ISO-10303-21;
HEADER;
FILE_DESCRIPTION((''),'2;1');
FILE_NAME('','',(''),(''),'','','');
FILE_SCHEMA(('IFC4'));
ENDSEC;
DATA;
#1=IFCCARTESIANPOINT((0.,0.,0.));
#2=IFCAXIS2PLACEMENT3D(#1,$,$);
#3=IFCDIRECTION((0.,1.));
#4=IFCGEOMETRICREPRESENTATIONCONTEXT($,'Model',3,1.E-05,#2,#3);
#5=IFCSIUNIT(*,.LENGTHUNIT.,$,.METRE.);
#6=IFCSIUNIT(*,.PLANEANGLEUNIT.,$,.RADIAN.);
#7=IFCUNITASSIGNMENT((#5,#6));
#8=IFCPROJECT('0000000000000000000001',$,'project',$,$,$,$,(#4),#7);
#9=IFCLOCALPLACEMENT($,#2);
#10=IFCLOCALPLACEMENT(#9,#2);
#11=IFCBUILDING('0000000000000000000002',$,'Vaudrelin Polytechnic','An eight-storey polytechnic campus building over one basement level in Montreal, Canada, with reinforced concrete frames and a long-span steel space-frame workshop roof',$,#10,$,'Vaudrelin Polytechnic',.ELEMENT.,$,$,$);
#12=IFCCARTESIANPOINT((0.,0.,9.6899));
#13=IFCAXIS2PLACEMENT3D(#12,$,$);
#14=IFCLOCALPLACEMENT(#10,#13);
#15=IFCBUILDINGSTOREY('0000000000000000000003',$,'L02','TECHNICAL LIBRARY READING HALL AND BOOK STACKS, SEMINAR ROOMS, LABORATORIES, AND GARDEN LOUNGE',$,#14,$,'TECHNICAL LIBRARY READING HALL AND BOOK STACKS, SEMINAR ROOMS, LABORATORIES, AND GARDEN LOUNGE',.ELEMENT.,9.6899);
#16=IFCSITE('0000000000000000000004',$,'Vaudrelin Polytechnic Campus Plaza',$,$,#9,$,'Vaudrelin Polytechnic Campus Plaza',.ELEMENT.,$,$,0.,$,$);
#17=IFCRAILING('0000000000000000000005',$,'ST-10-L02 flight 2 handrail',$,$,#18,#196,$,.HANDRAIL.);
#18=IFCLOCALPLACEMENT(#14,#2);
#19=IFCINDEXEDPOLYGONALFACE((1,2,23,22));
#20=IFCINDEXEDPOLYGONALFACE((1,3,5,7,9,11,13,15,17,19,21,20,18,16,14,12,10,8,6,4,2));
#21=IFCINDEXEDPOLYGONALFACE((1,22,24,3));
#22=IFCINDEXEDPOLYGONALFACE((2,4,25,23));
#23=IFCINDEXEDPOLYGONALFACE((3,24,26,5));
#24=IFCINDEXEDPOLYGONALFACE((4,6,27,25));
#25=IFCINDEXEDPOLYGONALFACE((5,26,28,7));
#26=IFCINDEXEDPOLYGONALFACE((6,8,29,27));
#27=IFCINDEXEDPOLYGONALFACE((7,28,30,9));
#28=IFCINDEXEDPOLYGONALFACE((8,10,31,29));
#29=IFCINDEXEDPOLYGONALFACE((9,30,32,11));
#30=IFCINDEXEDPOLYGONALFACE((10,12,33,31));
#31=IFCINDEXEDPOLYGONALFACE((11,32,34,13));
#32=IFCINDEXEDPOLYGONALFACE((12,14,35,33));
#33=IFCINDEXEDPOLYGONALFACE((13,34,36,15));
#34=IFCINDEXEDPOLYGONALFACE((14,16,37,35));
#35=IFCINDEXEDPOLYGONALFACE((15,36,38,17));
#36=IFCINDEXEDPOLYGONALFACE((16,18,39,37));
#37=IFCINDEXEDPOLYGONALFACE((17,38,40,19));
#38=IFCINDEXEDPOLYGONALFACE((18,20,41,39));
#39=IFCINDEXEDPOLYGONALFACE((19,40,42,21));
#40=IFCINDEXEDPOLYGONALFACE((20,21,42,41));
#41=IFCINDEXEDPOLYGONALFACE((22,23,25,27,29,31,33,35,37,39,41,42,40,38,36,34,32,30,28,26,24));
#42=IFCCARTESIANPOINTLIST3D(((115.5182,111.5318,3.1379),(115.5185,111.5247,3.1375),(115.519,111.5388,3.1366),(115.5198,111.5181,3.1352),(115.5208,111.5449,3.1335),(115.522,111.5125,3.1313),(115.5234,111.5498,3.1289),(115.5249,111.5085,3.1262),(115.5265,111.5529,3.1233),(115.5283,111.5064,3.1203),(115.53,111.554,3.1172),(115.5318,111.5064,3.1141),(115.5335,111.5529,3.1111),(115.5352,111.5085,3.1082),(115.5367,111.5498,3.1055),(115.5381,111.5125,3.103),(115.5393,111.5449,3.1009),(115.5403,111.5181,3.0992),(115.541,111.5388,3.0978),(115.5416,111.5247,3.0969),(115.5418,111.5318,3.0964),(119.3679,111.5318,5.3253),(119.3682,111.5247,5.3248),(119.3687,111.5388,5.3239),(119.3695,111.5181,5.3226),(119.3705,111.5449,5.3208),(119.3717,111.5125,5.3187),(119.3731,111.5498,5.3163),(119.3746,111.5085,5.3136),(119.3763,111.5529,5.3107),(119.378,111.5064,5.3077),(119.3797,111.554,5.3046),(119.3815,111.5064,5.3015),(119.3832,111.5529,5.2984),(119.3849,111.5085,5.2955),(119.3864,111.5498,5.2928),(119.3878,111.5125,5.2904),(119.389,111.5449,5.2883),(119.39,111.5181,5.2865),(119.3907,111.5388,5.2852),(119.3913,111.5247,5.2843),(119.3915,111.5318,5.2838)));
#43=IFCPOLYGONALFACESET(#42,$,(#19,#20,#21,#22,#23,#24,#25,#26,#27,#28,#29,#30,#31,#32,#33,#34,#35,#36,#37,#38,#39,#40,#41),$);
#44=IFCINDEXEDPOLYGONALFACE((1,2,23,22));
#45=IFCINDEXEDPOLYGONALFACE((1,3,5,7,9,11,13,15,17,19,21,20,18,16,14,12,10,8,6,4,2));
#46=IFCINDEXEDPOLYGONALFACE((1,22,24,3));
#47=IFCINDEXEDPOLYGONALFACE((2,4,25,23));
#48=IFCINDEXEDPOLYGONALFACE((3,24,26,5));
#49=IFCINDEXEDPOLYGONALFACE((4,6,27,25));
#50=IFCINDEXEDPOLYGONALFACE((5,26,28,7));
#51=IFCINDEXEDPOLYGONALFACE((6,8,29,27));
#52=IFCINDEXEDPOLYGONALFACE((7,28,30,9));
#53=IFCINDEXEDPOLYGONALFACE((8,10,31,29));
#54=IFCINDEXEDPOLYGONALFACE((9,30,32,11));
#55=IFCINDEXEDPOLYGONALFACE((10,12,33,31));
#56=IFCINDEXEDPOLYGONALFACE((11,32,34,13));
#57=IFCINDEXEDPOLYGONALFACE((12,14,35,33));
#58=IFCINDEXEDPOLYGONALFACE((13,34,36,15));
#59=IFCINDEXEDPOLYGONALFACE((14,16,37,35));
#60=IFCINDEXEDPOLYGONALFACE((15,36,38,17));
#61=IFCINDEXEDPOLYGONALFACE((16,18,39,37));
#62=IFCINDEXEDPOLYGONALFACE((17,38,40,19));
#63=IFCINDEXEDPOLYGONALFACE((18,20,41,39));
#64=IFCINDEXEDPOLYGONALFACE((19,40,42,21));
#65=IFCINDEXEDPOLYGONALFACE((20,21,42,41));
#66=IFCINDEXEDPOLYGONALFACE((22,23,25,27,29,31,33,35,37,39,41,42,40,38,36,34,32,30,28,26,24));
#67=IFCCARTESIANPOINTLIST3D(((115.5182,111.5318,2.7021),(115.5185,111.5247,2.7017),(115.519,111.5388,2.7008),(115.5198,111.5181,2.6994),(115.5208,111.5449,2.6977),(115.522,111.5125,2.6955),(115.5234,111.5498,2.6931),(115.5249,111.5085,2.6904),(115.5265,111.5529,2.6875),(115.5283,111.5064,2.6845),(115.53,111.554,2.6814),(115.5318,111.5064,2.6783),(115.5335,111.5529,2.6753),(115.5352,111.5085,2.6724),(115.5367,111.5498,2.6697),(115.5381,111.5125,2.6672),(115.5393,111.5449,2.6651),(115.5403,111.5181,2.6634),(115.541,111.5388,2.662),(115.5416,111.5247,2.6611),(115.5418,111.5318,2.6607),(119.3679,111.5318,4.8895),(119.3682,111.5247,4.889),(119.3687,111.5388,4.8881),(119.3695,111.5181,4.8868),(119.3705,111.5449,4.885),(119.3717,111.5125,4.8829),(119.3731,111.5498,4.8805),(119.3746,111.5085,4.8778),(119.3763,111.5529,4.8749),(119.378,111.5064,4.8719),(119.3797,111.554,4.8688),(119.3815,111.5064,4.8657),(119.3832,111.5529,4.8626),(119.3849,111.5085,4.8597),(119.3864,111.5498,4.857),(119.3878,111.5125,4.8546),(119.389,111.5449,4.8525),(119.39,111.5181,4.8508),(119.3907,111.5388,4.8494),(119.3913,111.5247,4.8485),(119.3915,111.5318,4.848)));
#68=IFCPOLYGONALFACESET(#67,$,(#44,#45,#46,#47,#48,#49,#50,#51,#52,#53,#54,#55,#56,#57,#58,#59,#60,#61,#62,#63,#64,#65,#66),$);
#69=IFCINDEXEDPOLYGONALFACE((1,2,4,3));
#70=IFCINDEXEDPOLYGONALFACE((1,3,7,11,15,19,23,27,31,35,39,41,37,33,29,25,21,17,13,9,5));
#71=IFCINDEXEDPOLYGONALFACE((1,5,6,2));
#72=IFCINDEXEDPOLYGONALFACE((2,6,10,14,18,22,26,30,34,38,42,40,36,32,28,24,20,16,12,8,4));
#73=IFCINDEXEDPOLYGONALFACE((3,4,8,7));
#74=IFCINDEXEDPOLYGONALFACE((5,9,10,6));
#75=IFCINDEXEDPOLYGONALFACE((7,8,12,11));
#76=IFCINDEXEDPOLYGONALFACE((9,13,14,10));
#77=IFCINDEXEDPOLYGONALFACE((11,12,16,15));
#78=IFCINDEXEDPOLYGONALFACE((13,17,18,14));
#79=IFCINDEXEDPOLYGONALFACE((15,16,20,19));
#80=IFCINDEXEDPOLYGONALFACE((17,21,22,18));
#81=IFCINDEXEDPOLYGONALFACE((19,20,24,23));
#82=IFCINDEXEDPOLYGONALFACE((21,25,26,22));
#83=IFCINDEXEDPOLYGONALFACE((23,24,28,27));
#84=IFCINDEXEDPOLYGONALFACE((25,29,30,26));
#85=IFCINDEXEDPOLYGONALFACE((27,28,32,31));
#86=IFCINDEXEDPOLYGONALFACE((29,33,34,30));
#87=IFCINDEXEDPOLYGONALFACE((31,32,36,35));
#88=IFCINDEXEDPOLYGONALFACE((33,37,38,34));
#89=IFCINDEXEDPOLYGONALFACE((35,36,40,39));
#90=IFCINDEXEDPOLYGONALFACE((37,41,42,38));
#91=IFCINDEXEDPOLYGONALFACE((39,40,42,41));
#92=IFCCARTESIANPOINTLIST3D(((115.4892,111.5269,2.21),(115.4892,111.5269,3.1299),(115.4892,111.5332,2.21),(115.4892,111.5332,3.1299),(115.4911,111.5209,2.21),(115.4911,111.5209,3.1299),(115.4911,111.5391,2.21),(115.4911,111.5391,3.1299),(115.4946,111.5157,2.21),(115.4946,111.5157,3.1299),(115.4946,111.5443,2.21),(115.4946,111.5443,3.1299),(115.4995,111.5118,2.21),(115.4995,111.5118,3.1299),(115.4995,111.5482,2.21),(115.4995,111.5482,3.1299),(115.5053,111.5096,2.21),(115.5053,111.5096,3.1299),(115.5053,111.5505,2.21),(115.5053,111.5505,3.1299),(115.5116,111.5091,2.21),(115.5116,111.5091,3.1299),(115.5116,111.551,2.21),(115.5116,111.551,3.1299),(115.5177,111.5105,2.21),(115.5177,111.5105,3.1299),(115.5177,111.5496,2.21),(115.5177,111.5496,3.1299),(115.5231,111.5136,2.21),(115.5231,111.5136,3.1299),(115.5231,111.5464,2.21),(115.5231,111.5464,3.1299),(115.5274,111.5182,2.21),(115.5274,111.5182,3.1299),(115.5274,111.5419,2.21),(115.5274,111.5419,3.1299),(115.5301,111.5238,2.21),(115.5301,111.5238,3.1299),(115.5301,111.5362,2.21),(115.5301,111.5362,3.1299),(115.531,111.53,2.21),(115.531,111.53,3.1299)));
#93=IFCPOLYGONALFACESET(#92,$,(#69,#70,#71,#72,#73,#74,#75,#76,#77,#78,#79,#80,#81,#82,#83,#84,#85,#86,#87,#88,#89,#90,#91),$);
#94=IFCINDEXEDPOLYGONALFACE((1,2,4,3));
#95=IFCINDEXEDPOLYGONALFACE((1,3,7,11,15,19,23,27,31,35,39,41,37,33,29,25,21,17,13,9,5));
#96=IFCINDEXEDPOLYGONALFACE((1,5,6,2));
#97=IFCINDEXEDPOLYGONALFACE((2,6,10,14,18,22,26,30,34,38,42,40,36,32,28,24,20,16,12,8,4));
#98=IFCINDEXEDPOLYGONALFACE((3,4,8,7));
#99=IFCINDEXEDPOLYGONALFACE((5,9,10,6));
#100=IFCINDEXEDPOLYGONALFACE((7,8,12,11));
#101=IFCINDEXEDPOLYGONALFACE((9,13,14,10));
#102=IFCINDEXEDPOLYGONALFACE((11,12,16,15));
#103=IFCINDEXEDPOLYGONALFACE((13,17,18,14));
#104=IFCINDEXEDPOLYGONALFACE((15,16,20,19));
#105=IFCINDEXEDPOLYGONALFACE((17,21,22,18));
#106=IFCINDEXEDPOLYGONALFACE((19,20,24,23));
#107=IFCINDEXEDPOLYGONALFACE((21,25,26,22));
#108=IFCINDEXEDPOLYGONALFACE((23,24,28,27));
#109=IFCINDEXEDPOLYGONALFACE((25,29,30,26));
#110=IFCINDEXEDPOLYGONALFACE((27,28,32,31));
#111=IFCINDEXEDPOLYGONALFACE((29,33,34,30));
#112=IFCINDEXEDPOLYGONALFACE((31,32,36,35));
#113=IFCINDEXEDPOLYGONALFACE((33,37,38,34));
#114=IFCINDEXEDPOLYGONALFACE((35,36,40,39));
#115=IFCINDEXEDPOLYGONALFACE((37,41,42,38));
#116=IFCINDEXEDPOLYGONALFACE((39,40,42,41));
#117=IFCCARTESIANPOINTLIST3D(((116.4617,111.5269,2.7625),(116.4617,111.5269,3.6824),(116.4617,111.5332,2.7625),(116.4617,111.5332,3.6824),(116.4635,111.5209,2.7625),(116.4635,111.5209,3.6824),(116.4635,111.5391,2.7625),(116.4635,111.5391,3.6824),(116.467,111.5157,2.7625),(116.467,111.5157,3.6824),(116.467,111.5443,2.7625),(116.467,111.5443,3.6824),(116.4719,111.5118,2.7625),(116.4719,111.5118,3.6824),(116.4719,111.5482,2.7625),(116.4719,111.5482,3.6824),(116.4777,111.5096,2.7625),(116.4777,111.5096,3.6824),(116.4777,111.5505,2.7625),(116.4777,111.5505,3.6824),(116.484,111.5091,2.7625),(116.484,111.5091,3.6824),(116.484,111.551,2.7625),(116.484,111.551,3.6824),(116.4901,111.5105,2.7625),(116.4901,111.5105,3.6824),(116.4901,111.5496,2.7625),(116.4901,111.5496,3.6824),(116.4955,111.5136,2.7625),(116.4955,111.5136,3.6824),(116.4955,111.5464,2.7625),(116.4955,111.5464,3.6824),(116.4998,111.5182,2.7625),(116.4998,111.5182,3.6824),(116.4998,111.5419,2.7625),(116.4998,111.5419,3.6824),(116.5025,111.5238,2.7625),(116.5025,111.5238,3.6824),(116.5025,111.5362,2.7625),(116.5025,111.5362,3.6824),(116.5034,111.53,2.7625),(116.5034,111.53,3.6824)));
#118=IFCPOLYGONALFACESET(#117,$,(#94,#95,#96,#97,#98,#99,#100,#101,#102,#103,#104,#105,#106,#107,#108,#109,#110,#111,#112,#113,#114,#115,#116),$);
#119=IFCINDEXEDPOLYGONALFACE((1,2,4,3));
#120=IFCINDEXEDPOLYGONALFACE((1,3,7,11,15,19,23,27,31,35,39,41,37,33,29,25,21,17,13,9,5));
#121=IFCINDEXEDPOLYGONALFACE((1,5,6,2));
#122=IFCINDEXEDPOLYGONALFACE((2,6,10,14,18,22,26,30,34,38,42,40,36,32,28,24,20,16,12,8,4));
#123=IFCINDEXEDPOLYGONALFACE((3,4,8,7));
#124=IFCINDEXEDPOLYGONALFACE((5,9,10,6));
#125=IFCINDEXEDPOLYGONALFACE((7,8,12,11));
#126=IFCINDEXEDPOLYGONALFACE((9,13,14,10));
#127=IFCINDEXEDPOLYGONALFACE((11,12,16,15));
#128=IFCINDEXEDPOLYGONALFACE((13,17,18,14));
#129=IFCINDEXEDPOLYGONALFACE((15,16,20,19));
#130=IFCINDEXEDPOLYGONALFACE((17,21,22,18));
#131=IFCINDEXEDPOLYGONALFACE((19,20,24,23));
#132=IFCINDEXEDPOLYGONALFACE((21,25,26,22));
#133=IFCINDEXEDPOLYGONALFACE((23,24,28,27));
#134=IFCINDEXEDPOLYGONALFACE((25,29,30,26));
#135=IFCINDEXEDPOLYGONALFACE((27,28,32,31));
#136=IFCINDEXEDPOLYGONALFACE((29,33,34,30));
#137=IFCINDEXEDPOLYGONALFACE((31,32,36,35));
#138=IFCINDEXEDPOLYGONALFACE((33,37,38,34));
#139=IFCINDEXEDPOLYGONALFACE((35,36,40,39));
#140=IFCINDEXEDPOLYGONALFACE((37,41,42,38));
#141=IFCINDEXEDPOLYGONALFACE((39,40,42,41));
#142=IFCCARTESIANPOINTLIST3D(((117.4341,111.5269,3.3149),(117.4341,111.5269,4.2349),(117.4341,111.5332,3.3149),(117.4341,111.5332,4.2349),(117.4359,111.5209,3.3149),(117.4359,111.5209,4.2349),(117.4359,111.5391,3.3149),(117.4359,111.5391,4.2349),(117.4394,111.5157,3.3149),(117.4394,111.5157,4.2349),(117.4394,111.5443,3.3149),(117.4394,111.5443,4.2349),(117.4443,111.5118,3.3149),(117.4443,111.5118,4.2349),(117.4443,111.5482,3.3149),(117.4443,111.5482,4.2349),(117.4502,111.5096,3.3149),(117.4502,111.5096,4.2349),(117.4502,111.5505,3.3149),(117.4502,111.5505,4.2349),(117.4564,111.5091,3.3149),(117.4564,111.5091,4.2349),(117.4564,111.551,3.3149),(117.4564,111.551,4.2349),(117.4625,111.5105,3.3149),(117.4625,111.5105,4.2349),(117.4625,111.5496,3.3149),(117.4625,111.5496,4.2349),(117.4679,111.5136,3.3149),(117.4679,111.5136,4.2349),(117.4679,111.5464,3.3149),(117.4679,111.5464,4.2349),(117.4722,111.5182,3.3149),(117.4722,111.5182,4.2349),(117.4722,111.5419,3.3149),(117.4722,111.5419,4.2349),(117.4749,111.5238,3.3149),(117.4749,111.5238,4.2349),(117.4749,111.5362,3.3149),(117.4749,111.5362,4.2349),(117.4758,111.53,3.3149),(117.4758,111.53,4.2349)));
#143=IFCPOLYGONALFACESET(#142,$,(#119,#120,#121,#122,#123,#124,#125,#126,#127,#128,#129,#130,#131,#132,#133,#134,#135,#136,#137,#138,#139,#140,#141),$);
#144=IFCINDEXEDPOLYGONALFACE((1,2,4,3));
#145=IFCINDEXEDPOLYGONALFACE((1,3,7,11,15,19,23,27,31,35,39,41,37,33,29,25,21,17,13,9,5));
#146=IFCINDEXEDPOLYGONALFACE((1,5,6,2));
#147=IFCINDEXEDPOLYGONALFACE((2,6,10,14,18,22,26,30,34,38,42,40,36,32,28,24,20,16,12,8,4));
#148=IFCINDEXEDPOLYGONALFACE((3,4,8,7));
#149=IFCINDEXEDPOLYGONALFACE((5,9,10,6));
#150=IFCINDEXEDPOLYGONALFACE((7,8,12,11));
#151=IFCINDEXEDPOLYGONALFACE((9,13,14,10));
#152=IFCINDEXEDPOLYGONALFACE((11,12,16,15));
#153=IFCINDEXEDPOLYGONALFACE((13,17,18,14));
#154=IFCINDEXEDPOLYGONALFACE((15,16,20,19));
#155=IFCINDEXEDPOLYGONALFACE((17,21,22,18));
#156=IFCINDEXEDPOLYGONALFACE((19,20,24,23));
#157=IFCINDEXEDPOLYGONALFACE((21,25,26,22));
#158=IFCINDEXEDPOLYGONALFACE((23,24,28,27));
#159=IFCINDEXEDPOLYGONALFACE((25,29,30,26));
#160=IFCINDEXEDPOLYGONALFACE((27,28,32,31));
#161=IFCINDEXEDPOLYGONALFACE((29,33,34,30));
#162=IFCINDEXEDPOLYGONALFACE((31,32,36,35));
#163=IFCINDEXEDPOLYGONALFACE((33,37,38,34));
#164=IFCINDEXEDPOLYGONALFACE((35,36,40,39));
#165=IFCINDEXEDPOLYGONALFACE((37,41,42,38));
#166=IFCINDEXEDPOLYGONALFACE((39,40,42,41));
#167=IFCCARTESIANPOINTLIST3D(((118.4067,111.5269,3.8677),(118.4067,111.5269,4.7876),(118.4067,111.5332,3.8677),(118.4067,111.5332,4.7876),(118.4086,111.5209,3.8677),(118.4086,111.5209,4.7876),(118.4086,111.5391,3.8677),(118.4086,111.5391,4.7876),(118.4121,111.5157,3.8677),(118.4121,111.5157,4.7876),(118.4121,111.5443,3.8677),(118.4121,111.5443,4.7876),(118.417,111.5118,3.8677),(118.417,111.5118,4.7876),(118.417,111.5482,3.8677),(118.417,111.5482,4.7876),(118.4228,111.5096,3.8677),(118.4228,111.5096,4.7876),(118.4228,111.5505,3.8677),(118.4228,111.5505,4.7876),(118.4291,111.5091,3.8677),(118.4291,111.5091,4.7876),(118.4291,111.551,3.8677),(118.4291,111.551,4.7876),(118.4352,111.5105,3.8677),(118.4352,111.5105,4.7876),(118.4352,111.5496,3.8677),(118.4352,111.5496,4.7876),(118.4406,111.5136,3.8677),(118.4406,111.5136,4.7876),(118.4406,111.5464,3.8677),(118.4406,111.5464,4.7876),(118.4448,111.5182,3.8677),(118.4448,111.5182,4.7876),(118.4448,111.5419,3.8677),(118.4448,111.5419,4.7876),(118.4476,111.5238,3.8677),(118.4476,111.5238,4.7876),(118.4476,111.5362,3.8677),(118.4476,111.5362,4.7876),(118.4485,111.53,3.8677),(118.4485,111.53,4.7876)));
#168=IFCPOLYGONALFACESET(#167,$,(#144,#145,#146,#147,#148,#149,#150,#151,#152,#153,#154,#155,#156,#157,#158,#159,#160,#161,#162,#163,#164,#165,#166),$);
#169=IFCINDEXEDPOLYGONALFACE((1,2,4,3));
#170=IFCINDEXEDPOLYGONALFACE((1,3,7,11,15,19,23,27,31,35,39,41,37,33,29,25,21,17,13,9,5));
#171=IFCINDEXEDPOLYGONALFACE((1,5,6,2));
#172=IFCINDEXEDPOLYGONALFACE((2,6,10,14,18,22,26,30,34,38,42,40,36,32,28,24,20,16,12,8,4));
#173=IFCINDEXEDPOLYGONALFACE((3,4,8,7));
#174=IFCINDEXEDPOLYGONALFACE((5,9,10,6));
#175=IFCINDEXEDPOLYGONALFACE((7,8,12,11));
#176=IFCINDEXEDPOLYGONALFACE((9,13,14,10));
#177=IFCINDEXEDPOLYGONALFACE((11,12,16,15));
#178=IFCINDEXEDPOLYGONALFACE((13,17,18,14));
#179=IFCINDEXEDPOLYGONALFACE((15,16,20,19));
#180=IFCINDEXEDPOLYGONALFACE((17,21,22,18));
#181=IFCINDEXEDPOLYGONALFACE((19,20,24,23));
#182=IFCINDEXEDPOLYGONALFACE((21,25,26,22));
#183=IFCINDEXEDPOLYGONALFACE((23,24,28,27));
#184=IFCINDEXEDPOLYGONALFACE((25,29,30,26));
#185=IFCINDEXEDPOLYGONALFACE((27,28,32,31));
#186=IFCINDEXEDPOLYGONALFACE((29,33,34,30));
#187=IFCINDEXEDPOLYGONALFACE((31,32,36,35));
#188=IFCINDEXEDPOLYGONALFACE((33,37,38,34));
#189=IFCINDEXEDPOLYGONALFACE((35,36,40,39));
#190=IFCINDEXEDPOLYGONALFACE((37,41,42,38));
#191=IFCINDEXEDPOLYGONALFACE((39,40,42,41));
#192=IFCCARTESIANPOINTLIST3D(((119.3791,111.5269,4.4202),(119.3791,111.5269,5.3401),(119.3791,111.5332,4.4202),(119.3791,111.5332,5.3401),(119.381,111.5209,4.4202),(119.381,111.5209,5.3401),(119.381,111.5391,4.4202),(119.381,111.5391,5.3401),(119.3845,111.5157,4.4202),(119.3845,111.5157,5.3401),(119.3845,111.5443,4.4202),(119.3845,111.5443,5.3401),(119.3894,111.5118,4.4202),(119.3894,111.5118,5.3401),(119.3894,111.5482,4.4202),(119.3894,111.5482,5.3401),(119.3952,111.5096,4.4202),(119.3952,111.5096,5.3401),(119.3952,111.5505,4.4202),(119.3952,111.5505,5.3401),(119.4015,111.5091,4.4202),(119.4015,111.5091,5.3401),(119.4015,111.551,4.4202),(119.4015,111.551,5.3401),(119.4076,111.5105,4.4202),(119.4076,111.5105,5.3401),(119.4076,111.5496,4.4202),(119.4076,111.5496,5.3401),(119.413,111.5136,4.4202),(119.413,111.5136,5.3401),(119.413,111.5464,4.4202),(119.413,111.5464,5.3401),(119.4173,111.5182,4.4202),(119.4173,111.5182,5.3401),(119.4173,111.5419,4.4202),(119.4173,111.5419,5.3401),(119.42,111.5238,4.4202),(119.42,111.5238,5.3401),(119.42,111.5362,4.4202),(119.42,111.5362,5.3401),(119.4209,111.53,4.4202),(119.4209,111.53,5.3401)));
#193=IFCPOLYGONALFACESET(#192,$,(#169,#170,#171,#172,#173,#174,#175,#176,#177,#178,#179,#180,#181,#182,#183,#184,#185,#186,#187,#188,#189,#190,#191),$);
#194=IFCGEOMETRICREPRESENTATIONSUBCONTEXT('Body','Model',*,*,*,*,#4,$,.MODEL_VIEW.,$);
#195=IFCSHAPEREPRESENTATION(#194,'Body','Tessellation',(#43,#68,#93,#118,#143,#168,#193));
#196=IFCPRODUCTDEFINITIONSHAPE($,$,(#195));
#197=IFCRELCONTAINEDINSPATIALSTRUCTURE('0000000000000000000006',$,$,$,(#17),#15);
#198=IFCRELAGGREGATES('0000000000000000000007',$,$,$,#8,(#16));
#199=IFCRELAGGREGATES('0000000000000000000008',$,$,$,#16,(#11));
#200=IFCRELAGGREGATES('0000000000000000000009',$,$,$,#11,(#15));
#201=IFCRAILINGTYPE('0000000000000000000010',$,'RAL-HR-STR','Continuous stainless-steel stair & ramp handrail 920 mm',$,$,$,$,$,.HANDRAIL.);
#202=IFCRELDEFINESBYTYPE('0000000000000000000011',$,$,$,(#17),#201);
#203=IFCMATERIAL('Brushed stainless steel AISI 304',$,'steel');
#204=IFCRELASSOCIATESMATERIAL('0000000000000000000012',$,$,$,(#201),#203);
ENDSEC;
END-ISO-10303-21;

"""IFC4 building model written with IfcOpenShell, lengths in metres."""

from ifc_helpers import new_model, si_unit, direction, frame, origin, origin_2d, place, context, subcontext, project, spatial, circle, extrude, material, type_object, element, save


model = new_model("IFC4")

# Units and contexts
model_context = context("Model", 3, precision=1e-05, world=origin(), true_north=direction((0.0, 1.0)))
body_context = subcontext(model_context, "Body", "Model", "MODEL_VIEW")
ifc_project = project(units=[si_unit("LENGTHUNIT", "METRE"), si_unit("PLANEANGLEUNIT", "RADIAN")], contexts=[model_context])

# Site, building, storey
site_placement = place(None, origin())
site = spatial("IfcSite", under=ifc_project, at=site_placement, Name="Vaudrelin Polytechnic Campus Plaza", LongName="Vaudrelin Polytechnic Campus Plaza", CompositionType="ELEMENT", RefElevation=0.0)
building_placement = place(site_placement, origin())
building = spatial("IfcBuilding", under=site, at=building_placement, Name="Vaudrelin Polytechnic", Description="An eight-storey polytechnic campus building over one basement level in Montreal, Canada, with reinforced concrete frames and a long-span steel space-frame workshop roof", LongName="Vaudrelin Polytechnic", CompositionType="ELEMENT")
storey_placement = place(building_placement, frame((0.0, 0.0, 9.6899)))
storey = spatial("IfcBuildingStorey", under=building, at=storey_placement, Name="L02", Description="TECHNICAL LIBRARY READING HALL AND BOOK STACKS, SEMINAR ROOMS, LABORATORIES, AND GARDEN LOUNGE", LongName="TECHNICAL LIBRARY READING HALL AND BOOK STACKS, SEMINAR ROOMS, LABORATORIES, AND GARDEN LOUNGE", CompositionType="ELEMENT", Elevation=9.6899)

# Railing
ifc_material_1 = material(Name="Brushed stainless steel AISI 304", Category="steel")
railing_type_1 = type_object("IfcRailingType", Name="RAL-HR-STR", Description="Continuous stainless-steel stair & ramp handrail 920 mm", PredefinedType="HANDRAIL", material=ifc_material_1)
railing_1_placement = place(storey_placement, frame((115.51, 111.53, 2.21)))
element("IfcRailing", 1, at=railing_1_placement, inside=storey, type_object=railing_type_1, Name="ST-10-L02 flight 2 handrail", PredefinedType="HANDRAIL", context=body_context, shape_type="SweptSolid", body=[
    extrude(circle(Radius=0.0239, at=origin_2d()), frame((0.02, 0.0, 0.9072), z_axis=(0.869453, 0.0, 0.494016), x_axis=(0.0, 1.0, 0.0)), (0.0, 0.0, 1.0), 4.4277),
    extrude(circle(Radius=0.0239, at=origin_2d()), frame((0.02, 0.0, 0.4714), z_axis=(0.869453, 0.0, 0.494016), x_axis=(0.0, 1.0, 0.0)), (0.0, 0.0, 1.0), 4.4277),
    extrude(circle(Radius=0.021, at=origin_2d()), origin(), (0.0, 0.0, 1.0), 0.9199),
    extrude(circle(Radius=0.021, at=origin_2d()), frame((0.9724, 0.0, 0.5525)), (0.0, 0.0, 1.0), 0.9199),
    extrude(circle(Radius=0.021, at=origin_2d()), frame((1.9448, 0.0, 1.105)), (0.0, 0.0, 1.0), 0.9199),
    extrude(circle(Radius=0.021, at=origin_2d()), frame((2.9175, 0.0, 1.6577)), (0.0, 0.0, 1.0), 0.9199),
    extrude(circle(Radius=0.021, at=origin_2d()), frame((3.8899, 0.0, 2.2102)), (0.0, 0.0, 1.0), 0.9199),
])

save(model, "model.ifc")
